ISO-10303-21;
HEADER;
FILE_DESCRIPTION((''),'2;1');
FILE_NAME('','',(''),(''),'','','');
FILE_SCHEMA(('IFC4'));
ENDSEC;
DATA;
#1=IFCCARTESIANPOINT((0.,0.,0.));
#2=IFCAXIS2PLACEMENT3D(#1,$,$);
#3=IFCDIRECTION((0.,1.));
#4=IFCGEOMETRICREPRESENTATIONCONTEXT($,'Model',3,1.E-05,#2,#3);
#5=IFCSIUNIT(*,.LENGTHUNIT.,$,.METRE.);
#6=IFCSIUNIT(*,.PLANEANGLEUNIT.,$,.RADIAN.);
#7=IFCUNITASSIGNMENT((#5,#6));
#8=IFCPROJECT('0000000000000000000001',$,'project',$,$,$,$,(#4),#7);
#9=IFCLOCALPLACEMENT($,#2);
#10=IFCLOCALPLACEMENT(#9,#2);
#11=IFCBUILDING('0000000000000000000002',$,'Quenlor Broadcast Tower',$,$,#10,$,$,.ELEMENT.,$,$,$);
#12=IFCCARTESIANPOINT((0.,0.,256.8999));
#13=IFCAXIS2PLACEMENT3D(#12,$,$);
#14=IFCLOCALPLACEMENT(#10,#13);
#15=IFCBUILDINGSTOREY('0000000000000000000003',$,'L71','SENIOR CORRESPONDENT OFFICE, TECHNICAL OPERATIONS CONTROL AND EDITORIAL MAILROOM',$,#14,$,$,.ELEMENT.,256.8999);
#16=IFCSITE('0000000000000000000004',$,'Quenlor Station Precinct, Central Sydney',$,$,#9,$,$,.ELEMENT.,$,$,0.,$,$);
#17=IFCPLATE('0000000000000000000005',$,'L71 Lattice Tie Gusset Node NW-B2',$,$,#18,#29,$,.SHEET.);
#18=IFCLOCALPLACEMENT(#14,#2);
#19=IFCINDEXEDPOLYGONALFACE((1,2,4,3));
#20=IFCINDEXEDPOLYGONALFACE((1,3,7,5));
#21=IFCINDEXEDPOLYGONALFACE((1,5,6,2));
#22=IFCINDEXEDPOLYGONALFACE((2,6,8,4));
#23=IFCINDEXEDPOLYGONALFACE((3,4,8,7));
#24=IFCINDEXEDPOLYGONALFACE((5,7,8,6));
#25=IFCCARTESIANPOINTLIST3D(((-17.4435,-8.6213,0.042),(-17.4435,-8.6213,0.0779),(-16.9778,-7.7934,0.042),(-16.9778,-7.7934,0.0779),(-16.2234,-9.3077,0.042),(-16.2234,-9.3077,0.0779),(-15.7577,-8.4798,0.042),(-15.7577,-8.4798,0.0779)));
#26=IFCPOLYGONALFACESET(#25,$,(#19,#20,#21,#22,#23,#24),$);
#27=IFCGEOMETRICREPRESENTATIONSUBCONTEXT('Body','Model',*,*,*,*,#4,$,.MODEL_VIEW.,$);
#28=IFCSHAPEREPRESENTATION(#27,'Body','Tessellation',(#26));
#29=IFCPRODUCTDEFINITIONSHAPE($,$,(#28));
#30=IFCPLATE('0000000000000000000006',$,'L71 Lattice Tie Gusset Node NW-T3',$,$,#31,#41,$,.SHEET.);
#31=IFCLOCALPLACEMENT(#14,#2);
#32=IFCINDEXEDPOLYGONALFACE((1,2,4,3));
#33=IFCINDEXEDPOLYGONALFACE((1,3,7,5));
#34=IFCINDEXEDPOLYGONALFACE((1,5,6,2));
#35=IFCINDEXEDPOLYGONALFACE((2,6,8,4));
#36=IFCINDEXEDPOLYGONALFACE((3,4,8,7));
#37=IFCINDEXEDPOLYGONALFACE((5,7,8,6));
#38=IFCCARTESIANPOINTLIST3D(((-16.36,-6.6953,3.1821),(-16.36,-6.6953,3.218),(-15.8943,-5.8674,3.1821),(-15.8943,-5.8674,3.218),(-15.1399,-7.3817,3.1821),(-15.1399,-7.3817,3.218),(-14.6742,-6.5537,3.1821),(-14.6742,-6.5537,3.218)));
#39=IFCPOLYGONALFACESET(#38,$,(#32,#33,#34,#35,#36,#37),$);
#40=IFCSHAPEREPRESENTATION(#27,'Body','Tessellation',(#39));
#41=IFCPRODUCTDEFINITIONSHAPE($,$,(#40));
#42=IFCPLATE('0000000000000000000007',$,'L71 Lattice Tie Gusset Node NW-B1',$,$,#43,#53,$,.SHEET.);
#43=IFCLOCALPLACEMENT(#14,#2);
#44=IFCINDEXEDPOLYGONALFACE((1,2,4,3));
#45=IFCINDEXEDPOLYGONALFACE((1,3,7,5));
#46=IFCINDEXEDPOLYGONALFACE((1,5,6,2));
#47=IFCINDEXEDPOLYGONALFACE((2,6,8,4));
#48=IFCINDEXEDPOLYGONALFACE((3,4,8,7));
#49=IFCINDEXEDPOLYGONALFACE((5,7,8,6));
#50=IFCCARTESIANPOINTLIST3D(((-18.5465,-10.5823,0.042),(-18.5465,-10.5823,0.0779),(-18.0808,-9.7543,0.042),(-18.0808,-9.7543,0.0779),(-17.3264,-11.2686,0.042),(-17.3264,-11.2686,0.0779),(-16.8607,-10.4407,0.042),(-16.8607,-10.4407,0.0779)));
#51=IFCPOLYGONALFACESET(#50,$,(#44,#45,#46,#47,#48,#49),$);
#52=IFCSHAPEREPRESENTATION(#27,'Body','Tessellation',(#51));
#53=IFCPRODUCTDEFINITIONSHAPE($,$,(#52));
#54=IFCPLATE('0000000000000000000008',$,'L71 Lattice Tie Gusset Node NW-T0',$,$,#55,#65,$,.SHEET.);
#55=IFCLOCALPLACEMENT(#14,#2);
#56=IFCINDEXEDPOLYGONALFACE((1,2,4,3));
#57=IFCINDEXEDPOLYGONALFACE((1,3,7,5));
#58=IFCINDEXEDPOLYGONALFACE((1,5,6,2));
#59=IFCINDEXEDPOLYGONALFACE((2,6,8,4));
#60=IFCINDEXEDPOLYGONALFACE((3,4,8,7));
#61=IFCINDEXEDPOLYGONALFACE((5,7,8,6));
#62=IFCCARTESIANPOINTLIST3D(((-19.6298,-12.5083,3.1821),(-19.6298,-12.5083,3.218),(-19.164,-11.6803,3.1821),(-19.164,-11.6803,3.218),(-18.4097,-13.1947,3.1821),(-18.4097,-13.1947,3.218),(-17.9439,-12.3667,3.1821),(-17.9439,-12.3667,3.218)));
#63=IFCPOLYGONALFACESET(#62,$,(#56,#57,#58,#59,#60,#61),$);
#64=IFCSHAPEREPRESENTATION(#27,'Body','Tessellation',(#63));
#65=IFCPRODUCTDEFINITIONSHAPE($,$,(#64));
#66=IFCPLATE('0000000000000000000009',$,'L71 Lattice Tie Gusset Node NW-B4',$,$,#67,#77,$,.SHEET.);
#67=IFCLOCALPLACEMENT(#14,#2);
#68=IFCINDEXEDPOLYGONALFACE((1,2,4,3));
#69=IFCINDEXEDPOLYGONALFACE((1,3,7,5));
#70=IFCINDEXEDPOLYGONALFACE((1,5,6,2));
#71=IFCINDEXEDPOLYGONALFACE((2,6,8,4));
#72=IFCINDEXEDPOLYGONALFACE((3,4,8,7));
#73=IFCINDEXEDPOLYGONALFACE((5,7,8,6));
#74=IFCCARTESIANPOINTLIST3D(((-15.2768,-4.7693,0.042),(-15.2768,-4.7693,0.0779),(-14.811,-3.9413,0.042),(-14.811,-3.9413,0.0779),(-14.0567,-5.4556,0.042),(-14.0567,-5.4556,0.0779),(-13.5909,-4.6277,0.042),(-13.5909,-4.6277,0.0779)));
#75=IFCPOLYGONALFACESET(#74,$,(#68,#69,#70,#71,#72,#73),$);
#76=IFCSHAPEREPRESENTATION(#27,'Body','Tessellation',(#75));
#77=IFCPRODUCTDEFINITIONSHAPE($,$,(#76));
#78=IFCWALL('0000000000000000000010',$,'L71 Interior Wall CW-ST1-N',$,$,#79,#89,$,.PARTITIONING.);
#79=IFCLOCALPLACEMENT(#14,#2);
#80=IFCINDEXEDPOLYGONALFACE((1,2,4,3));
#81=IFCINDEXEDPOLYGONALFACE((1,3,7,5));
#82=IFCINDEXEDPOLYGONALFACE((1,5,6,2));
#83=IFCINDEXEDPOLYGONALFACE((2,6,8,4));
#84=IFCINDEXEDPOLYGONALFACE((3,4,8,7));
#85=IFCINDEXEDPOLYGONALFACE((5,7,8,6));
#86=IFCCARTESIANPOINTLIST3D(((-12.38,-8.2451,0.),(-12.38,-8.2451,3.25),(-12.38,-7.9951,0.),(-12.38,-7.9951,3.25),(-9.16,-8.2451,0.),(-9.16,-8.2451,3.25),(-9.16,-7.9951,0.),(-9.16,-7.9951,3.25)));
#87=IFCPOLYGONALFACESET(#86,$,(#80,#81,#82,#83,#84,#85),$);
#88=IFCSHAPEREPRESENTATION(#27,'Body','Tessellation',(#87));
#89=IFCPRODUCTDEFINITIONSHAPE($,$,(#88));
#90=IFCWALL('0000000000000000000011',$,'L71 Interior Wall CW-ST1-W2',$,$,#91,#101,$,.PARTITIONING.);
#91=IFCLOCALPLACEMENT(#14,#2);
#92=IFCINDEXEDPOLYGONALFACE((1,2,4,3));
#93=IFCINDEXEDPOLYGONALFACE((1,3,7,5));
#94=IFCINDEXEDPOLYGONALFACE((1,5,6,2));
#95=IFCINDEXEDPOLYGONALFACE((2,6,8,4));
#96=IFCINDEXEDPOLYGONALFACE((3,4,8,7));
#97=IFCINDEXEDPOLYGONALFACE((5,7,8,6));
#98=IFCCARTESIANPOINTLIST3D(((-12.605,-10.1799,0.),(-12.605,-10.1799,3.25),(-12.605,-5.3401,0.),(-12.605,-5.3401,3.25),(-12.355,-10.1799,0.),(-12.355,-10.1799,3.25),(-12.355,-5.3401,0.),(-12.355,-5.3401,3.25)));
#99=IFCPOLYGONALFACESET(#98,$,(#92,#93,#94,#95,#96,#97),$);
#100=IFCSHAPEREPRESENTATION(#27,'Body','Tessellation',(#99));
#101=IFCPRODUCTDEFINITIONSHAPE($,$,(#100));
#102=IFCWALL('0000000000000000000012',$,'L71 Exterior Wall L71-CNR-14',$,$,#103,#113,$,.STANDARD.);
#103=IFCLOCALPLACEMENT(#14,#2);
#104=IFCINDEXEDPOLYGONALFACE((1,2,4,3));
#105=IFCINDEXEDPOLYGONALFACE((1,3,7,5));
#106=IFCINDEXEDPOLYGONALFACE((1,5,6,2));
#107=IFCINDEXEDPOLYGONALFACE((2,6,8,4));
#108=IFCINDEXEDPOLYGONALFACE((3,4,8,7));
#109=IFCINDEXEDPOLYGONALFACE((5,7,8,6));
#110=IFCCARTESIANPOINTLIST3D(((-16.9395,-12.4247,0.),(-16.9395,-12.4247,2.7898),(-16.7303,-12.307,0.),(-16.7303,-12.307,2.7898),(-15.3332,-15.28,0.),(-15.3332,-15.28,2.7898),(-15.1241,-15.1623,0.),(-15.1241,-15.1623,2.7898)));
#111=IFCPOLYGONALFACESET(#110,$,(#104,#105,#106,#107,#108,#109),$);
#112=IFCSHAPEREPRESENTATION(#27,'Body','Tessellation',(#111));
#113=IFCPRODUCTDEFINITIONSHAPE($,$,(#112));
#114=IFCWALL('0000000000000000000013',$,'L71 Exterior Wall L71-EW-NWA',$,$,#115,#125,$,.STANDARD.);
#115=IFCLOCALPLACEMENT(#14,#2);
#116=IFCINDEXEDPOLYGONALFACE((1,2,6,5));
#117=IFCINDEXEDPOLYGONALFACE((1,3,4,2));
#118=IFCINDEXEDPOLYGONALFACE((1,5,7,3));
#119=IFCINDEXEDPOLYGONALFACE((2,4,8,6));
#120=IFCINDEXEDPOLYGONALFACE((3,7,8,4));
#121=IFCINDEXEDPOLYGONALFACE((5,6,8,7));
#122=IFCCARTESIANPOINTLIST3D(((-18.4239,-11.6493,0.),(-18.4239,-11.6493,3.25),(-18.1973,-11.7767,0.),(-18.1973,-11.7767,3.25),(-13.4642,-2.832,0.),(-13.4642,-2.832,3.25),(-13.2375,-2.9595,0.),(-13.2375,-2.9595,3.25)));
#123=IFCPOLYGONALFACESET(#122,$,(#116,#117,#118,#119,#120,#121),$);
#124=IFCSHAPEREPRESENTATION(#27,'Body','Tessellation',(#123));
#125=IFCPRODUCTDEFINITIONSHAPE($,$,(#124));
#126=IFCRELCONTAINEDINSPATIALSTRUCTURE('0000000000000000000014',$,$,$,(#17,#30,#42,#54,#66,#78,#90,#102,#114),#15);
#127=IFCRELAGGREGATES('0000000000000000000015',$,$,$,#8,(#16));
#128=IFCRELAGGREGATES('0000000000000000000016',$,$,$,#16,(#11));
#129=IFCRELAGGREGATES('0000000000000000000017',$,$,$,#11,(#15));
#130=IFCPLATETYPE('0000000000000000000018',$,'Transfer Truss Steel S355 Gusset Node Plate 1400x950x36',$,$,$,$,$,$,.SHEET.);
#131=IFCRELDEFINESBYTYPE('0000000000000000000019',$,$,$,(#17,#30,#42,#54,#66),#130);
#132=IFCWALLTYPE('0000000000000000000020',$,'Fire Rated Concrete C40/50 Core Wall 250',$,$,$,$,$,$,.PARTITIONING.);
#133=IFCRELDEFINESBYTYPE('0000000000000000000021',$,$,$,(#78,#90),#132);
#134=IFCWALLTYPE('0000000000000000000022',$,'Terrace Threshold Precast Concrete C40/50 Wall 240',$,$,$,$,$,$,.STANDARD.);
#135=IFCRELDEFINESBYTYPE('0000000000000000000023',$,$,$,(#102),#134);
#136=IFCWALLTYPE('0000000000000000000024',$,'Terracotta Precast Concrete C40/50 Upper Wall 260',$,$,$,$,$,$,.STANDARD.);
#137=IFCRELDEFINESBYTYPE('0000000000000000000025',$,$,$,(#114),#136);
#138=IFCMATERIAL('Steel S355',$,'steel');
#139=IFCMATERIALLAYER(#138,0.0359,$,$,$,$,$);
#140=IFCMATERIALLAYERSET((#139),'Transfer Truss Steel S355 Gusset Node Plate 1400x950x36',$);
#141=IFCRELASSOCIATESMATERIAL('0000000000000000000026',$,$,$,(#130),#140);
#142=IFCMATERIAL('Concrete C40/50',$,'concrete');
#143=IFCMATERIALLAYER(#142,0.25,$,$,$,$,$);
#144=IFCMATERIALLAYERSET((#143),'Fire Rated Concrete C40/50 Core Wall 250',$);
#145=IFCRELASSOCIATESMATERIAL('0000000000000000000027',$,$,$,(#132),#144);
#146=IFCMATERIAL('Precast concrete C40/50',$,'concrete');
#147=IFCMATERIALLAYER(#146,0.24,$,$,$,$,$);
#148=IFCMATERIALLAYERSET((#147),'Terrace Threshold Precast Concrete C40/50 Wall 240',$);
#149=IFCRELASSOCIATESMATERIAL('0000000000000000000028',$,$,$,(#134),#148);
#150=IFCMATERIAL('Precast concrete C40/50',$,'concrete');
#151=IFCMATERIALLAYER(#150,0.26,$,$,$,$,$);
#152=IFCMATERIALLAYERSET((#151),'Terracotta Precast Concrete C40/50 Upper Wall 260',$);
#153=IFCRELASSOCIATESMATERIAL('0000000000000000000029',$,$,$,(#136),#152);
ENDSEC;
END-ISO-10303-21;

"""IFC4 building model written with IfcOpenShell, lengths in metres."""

from ifc_helpers import new_model, si_unit, direction, frame, frame_2d, origin, origin_2d, place, context, subcontext, project, spatial, rectangle, extrude, material, layer, layer_set, type_object, element, save


model = new_model("IFC4")

# Units and contexts
model_context = context("Model", 3, precision=1e-05, world=origin(), true_north=direction((0.0, 1.0)))
body_context = subcontext(model_context, "Body", "Model", "MODEL_VIEW")
ifc_project = project(units=[si_unit("LENGTHUNIT", "METRE"), si_unit("PLANEANGLEUNIT", "RADIAN")], contexts=[model_context])

# Site, building, storey
site_placement = place(None, origin())
site = spatial("IfcSite", under=ifc_project, at=site_placement, Name="Quenlor Station Precinct, Central Sydney", CompositionType="ELEMENT", RefElevation=0.0)
building_placement = place(site_placement, origin())
building = spatial("IfcBuilding", under=site, at=building_placement, Name="Quenlor Broadcast Tower", CompositionType="ELEMENT")
storey_placement = place(building_placement, frame((0.0, 0.0, 256.8999)))
storey = spatial("IfcBuildingStorey", under=building, at=storey_placement, Name="L71", Description="SENIOR CORRESPONDENT OFFICE, TECHNICAL OPERATIONS CONTROL AND EDITORIAL MAILROOM", CompositionType="ELEMENT", Elevation=256.8999)

# Plates
ifc_material_1 = material(Name="Steel S355", Category="steel")
ifc_layer_1 = layer(ifc_material_1, 0.0359)
ifc_layer_set_1 = layer_set([ifc_layer_1], Name="Transfer Truss Steel S355 Gusset Node Plate 1400x950x36")
plate_type = type_object("IfcPlateType", Name="Transfer Truss Steel S355 Gusset Node Plate 1400x950x36", PredefinedType="SHEET", material=ifc_layer_set_1)
for number, where, z_axis, x_axis, name in (
    (1, (-16.6006, -8.5505, 0.042), (0.0, 0.0, 1.0), (-0.871556, 0.490295, 0.0), "L71 Lattice Tie Gusset Node NW-B2"),
    (2, (-15.5171, -6.6245, 3.1821), (0.0, 0.0, 1.0), (-0.871556, 0.490295, 0.0), "L71 Lattice Tie Gusset Node NW-T3"),
    (3, (-17.7036, -10.5115, 0.042), (0.0, 0.0, 1.0), (-0.871556, 0.490295, 0.0), "L71 Lattice Tie Gusset Node NW-B1"),
    (4, (-18.7869, -12.4375, 3.1821), (0.0, 0.0, 1.0), (-0.871556, 0.490295, 0.0), "L71 Lattice Tie Gusset Node NW-T0"),
    (5, (-14.4338, -4.6985, 0.042), (0.0, 0.0, 1.0), (-0.871556, 0.490295, 0.0), "L71 Lattice Tie Gusset Node NW-B4"),
):
    element("IfcPlate", number, at=place(storey_placement, frame(where, z_axis=z_axis, x_axis=x_axis)), inside=storey, type_object=plate_type, Name=name, PredefinedType="SHEET", context=body_context, shape_type="SweptSolid", body=[
        extrude(rectangle(XDim=1.3999, YDim=0.95, at=origin_2d()), origin(), (0.0, 0.0, 1.0), 0.0359),
    ])

# Walls
ifc_material_2 = material(Name="Concrete C40/50", Category="concrete")
ifc_layer_2 = layer(ifc_material_2, 0.25)
ifc_layer_set_2 = layer_set([ifc_layer_2], Name="Fire Rated Concrete C40/50 Core Wall 250")
wall_type_1 = type_object("IfcWallType", Name="Fire Rated Concrete C40/50 Core Wall 250", PredefinedType="PARTITIONING", material=ifc_layer_set_2)
wall_1_placement = place(storey_placement, frame((-12.3799, -8.1201, 0.0), z_axis=(0.0, 0.0, 1.0), x_axis=(1.0, 0.0, 0.0)))
element("IfcWall", 6, at=wall_1_placement, inside=storey, type_object=wall_type_1, Name="L71 Interior Wall CW-ST1-N", PredefinedType="PARTITIONING", context=body_context, shape_type="SweptSolid", body=[
    extrude(rectangle(XDim=3.22, YDim=0.25, at=frame_2d((1.6099, 0.0))), origin(), (0.0, 0.0, 1.0), 3.25),
])
wall_2_placement = place(storey_placement, frame((-12.48, -10.1799, 0.0), z_axis=(0.0, 0.0, 1.0), x_axis=(0.0, 1.0, 0.0)))
element("IfcWall", 7, at=wall_2_placement, inside=storey, type_object=wall_type_1, Name="L71 Interior Wall CW-ST1-W2", PredefinedType="PARTITIONING", context=body_context, shape_type="SweptSolid", body=[
    extrude(rectangle(XDim=4.8398, YDim=0.25, at=frame_2d((2.4199, 0.0))), origin(), (0.0, 0.0, 1.0), 3.25),
])

# Walls
ifc_material_3 = material(Name="Precast concrete C40/50", Category="concrete")
ifc_layer_3 = layer(ifc_material_3, 0.24)
ifc_layer_set_3 = layer_set([ifc_layer_3], Name="Terrace Threshold Precast Concrete C40/50 Wall 240")
wall_type_2 = type_object("IfcWallType", Name="Terrace Threshold Precast Concrete C40/50 Wall 240", PredefinedType="STANDARD", material=ifc_layer_set_3)
wall_3_placement = place(storey_placement, frame((-16.835, -12.3657, 0.0), z_axis=(0.0, 0.0, 1.0), x_axis=(0.490293, -0.871558, 0.0)))
element("IfcWall", 8, at=wall_3_placement, inside=storey, type_object=wall_type_2, Name="L71 Exterior Wall L71-CNR-14", PredefinedType="STANDARD", context=body_context, shape_type="SweptSolid", body=[
    extrude(rectangle(XDim=3.2761, YDim=0.24, at=frame_2d((1.6382, 0.0))), origin(), (0.0, 0.0, 1.0), 2.7898),
])
ifc_material_4 = material(Name="Precast concrete C40/50", Category="concrete")
ifc_layer_4 = layer(ifc_material_4, 0.26)
ifc_layer_set_4 = layer_set([ifc_layer_4], Name="Terracotta Precast Concrete C40/50 Upper Wall 260")
wall_type_3 = type_object("IfcWallType", Name="Terracotta Precast Concrete C40/50 Upper Wall 260", PredefinedType="STANDARD", material=ifc_layer_set_4)
wall_4_placement = place(storey_placement, frame((-18.3105, -11.7129, 0.0), z_axis=(0.0, 0.0, 1.0), x_axis=(0.490267, 0.871572, 0.0)))
element("IfcWall", 9, at=wall_4_placement, inside=storey, type_object=wall_type_3, Name="L71 Exterior Wall L71-EW-NWA", PredefinedType="STANDARD", context=body_context, shape_type="SweptSolid", body=[
    extrude(rectangle(XDim=10.1165, YDim=0.26, at=frame_2d((5.0581, 0.0))), origin(), (0.0, 0.0, 1.0), 3.25),
])

save(model, "model.ifc")
